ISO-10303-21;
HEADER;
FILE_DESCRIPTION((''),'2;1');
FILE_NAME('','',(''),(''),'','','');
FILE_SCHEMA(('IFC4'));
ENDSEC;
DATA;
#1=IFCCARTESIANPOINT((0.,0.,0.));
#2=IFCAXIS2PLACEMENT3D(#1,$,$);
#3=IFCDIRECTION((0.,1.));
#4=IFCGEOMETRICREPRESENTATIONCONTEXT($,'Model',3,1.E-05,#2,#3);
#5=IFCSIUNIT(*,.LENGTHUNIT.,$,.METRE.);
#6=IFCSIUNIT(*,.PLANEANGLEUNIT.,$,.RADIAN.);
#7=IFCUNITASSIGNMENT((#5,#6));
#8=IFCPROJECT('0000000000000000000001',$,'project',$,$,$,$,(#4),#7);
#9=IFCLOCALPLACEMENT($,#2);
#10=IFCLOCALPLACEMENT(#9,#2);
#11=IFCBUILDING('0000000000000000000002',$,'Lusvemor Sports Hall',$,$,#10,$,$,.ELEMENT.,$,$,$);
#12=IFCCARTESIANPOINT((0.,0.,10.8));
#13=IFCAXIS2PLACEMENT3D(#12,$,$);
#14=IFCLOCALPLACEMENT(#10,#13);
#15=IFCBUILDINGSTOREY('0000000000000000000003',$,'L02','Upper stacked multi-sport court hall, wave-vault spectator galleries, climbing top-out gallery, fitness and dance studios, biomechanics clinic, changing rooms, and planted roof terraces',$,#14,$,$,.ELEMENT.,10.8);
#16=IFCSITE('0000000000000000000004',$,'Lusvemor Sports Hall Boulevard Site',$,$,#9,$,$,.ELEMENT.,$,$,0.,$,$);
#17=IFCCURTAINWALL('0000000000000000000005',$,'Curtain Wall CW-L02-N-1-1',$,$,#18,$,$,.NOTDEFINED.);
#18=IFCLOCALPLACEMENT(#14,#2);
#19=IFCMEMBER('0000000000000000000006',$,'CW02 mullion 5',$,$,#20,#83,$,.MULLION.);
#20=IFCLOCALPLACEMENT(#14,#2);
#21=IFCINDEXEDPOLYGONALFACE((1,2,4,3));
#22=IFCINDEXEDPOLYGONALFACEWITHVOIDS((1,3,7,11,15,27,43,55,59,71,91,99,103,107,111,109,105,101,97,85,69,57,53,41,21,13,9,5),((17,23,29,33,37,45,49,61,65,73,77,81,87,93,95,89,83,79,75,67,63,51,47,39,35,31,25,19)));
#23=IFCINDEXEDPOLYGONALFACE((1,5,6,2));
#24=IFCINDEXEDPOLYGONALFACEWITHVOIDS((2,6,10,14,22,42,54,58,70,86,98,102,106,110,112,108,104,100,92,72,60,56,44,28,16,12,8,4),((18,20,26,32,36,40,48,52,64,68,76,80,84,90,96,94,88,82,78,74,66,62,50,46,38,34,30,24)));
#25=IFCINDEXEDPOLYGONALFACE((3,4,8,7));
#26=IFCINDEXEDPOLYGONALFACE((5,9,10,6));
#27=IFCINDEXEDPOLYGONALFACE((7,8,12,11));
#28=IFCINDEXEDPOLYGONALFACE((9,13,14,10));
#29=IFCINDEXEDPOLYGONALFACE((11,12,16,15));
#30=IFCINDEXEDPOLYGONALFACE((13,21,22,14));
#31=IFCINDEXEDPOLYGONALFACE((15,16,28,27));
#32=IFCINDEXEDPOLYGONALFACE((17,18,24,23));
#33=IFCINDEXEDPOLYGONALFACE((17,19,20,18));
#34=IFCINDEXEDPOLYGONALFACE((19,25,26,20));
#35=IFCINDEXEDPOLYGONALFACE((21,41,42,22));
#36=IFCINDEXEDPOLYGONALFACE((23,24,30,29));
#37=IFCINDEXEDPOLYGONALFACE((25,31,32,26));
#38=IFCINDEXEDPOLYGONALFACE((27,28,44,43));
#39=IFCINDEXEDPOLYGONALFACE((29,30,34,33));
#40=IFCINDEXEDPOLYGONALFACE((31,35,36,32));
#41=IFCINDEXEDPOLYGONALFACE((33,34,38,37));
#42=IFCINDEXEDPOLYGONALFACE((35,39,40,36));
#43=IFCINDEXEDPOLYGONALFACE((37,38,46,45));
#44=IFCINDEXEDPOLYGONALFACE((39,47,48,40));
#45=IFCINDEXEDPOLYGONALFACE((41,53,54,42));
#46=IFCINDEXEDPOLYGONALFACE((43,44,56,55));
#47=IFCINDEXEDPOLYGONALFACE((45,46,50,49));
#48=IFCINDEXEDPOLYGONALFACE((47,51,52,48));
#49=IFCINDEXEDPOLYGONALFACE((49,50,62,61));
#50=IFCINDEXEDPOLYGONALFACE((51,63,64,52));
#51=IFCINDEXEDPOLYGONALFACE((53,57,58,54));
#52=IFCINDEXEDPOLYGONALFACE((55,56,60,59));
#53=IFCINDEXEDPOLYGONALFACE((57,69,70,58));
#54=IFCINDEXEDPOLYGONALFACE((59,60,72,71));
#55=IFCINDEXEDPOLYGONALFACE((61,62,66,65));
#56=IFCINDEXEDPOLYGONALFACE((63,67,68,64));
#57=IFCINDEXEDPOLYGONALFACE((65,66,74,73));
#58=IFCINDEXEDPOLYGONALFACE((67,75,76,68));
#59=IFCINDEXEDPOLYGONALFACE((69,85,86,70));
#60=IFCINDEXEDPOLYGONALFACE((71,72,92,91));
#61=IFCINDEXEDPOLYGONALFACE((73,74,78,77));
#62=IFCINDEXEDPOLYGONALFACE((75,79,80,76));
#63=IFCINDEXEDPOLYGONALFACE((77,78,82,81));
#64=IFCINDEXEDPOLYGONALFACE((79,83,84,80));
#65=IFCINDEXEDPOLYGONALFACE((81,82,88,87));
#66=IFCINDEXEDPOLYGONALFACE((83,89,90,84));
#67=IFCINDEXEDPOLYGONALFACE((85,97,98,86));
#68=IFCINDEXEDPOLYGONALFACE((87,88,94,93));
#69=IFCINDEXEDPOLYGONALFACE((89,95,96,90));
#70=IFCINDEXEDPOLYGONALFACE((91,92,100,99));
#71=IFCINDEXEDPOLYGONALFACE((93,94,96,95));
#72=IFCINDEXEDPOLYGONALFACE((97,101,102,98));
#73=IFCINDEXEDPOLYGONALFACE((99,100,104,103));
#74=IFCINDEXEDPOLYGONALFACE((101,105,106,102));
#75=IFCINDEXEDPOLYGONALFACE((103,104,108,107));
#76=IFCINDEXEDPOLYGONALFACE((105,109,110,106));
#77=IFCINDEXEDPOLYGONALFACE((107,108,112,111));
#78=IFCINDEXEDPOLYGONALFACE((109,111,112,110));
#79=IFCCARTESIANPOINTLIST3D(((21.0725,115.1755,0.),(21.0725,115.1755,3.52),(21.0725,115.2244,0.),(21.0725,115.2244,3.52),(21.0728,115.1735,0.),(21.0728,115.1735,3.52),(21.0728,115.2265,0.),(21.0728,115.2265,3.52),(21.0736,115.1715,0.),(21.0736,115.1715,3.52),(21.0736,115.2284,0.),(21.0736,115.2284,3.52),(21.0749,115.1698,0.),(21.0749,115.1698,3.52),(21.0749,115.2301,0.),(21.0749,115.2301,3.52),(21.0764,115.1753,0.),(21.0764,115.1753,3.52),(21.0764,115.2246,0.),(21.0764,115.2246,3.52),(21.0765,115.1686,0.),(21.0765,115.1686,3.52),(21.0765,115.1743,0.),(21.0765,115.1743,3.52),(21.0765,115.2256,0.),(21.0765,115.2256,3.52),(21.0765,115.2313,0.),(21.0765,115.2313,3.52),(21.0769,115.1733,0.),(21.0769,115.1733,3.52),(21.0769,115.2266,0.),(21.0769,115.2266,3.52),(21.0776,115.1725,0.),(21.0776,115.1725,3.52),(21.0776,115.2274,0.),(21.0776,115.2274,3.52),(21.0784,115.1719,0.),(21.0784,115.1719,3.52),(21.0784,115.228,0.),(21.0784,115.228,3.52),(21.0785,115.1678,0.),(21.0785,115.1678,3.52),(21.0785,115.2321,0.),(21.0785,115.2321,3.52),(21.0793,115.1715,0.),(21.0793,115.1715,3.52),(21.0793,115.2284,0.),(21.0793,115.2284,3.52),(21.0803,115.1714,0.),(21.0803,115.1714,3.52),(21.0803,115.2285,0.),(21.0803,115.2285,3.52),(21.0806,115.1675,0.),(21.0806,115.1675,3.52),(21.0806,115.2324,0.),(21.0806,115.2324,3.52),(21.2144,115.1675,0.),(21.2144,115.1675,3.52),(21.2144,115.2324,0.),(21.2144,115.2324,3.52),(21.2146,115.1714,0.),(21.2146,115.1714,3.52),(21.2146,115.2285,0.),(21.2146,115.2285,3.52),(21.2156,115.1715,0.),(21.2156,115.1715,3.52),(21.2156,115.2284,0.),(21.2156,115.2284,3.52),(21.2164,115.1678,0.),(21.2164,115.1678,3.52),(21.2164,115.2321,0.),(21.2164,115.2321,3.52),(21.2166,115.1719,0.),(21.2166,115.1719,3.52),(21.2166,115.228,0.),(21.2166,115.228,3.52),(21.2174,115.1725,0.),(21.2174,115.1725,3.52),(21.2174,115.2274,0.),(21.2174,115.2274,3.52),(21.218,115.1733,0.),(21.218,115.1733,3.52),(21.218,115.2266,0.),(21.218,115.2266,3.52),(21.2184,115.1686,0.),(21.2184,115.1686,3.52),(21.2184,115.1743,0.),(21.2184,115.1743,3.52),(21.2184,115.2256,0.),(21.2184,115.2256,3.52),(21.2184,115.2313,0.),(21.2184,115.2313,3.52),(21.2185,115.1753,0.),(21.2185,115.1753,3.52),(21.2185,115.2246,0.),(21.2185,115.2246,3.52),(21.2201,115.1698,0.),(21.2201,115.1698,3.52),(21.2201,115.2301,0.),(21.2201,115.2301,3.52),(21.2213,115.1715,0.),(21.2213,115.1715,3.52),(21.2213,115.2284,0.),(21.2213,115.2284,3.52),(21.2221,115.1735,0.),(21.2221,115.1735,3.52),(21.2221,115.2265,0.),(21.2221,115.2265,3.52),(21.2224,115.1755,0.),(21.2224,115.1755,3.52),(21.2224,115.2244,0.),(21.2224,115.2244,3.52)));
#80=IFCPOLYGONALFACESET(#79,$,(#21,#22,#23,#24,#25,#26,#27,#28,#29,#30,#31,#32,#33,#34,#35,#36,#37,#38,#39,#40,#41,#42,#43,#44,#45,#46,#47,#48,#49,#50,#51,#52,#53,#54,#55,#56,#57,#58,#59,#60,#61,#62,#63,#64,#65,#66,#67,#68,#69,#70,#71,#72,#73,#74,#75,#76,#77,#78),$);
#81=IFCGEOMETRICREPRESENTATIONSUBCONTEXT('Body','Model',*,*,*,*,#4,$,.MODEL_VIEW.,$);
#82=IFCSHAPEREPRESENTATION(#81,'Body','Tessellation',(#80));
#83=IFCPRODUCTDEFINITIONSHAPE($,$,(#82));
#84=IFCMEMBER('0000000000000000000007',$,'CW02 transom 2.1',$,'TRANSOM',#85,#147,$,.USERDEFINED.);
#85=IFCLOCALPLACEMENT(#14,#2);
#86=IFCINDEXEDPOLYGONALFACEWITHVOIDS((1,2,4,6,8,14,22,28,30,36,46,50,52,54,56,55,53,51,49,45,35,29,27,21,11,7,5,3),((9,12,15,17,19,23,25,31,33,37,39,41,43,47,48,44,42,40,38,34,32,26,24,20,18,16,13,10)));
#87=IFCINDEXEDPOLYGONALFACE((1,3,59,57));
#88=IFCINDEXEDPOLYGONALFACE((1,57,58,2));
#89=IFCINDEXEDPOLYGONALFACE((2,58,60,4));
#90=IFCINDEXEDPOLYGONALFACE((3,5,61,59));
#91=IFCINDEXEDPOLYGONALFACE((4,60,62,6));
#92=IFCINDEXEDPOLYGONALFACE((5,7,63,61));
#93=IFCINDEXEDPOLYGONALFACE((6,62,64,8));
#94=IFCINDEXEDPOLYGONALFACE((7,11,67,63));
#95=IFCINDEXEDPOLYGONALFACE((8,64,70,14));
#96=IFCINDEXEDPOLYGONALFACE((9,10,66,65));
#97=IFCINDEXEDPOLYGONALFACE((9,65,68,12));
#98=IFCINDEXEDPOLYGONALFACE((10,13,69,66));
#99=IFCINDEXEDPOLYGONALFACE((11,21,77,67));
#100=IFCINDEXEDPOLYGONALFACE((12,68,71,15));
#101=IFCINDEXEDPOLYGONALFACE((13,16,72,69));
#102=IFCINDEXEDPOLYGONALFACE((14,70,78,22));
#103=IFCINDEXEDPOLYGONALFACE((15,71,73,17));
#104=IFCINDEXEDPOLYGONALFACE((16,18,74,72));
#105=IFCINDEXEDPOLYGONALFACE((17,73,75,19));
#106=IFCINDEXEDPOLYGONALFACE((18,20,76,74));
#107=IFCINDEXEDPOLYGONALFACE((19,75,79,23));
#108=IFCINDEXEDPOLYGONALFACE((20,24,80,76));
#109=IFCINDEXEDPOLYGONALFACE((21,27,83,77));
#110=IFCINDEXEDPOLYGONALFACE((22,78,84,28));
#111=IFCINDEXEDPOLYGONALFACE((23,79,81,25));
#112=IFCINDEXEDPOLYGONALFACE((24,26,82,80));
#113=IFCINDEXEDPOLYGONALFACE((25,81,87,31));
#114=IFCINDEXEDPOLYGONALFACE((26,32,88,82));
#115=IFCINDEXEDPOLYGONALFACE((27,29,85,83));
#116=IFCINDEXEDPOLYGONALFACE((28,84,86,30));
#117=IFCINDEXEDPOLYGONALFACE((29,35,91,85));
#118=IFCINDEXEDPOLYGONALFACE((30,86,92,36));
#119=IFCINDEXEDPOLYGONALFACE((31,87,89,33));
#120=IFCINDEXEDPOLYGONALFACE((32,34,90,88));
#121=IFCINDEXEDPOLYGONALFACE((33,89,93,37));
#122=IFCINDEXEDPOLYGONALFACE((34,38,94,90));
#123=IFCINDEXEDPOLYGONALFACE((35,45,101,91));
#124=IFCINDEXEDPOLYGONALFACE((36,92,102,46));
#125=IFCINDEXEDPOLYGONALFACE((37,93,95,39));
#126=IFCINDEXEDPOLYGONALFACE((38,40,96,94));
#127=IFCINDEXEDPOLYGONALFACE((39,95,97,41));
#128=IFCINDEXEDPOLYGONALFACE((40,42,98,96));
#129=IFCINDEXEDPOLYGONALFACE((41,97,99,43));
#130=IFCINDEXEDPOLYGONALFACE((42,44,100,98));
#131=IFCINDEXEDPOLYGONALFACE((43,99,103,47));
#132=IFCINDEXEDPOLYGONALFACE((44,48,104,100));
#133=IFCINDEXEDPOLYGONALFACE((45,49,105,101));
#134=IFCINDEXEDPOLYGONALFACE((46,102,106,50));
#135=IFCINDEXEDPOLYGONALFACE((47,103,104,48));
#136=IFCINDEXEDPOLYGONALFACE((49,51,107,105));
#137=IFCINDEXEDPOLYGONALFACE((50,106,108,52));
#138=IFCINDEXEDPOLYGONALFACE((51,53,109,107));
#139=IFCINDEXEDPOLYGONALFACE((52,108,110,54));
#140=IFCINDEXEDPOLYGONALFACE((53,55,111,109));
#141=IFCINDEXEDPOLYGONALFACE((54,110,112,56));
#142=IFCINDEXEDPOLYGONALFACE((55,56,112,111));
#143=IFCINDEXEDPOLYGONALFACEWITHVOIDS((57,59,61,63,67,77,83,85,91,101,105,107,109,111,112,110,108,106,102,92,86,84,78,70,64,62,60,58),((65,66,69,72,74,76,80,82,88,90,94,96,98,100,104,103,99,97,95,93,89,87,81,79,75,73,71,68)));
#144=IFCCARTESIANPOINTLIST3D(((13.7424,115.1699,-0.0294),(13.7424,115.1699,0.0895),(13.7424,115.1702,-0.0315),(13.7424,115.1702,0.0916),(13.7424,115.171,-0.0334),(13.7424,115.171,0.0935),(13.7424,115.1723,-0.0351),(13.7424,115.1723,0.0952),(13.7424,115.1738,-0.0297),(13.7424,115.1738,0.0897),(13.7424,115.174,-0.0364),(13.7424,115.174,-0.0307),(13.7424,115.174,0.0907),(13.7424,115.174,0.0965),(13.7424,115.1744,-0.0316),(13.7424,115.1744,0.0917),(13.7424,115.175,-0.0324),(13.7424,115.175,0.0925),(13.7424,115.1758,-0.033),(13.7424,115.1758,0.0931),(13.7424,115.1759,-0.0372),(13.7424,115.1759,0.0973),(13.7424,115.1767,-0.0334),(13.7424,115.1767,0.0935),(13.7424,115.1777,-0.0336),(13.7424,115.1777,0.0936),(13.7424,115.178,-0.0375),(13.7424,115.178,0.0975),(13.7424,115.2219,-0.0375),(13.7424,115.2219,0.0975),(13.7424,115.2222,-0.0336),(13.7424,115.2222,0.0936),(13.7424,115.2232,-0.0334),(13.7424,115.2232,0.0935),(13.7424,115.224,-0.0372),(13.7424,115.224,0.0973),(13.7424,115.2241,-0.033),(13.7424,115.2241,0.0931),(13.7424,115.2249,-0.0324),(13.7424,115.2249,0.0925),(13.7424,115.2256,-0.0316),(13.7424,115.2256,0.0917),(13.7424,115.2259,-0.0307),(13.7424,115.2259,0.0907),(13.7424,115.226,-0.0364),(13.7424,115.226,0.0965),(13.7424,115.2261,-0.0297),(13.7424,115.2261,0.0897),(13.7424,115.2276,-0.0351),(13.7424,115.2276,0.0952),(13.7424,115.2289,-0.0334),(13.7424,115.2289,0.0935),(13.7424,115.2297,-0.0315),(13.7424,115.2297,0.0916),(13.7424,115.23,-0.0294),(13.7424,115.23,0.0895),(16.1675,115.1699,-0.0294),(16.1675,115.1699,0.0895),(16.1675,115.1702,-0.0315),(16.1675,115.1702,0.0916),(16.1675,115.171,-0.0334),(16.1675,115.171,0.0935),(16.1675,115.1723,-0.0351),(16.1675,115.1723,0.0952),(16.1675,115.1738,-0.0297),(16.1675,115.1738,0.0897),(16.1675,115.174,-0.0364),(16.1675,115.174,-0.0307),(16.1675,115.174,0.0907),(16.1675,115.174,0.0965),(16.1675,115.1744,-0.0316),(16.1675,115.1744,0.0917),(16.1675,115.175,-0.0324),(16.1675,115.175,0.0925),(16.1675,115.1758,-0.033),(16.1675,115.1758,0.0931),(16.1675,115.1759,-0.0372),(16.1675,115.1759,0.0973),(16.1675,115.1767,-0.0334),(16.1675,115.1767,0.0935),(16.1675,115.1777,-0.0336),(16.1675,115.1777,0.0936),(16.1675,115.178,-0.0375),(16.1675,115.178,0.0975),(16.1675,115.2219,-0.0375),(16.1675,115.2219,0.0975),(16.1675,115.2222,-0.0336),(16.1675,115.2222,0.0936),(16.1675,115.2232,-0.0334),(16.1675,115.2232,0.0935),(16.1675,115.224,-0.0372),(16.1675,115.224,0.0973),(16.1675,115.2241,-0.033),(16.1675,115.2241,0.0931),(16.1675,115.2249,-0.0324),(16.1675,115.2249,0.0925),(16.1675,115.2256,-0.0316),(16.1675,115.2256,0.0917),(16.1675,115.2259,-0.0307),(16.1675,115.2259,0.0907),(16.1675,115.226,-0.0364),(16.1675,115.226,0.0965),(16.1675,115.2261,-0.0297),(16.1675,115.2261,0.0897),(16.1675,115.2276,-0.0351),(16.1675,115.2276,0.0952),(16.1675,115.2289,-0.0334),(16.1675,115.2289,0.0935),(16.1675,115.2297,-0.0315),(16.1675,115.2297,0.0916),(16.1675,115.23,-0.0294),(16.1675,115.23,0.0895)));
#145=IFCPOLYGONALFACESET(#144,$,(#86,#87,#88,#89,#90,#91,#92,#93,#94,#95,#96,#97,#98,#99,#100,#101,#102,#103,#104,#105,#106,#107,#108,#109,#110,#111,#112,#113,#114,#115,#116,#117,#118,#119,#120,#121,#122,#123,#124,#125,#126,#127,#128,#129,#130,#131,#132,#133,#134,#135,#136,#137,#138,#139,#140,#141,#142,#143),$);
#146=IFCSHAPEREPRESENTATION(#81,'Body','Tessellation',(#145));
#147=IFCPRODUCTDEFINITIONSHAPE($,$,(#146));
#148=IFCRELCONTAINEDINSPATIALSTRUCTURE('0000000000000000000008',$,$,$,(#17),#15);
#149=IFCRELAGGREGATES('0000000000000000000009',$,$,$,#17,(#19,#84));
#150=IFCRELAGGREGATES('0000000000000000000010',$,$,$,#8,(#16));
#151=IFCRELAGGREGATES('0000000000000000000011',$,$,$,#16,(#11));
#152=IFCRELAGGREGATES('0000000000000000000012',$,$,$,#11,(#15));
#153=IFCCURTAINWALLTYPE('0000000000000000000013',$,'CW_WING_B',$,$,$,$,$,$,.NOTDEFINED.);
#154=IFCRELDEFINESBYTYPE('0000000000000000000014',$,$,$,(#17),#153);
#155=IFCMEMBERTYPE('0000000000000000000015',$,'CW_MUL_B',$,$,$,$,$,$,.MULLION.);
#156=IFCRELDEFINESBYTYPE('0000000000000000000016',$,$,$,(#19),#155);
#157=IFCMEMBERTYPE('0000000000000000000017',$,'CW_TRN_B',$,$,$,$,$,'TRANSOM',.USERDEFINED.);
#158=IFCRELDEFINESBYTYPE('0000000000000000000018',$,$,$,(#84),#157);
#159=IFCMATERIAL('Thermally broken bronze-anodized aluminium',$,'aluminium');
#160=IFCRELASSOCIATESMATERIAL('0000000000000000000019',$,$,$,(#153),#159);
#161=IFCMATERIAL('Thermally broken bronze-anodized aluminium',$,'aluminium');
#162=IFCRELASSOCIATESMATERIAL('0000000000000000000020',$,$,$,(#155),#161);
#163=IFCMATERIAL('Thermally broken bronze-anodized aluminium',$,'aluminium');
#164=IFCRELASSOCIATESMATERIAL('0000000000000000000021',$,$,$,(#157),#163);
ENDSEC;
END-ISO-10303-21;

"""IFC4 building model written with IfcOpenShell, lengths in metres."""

from ifc_helpers import new_model, si_unit, direction, frame, origin, origin_2d, place, context, subcontext, project, spatial, hollow_rectangle, extrude, material, material_profile, profile_set, type_object, element, aggregate, save


model = new_model("IFC4")

# Units and contexts
model_context = context("Model", 3, precision=1e-05, world=origin(), true_north=direction((0.0, 1.0)))
body_context = subcontext(model_context, "Body", "Model", "MODEL_VIEW")
ifc_project = project(units=[si_unit("LENGTHUNIT", "METRE"), si_unit("PLANEANGLEUNIT", "RADIAN")], contexts=[model_context])

# Site, building, storey
site_placement = place(None, origin())
site = spatial("IfcSite", under=ifc_project, at=site_placement, Name="Lusvemor Sports Hall Boulevard Site", CompositionType="ELEMENT", RefElevation=0.0)
building_placement = place(site_placement, origin())
building = spatial("IfcBuilding", under=site, at=building_placement, Name="Lusvemor Sports Hall", CompositionType="ELEMENT")
storey_placement = place(building_placement, frame((0.0, 0.0, 10.8)))
storey = spatial("IfcBuildingStorey", under=building, at=storey_placement, Name="L02", Description="Upper stacked multi-sport court hall, wave-vault spectator galleries, climbing top-out gallery, fitness and dance studios, biomechanics clinic, changing rooms, and planted roof terraces", CompositionType="ELEMENT", Elevation=10.8)

# Curtain wall, members
ifc_material_1 = material(Name="Thermally broken bronze-anodized aluminium", Category="aluminium")
curtain_wall_type = type_object("IfcCurtainWallType", Name="CW_WING_B", PredefinedType="NOTDEFINED", material=ifc_material_1)
curtain_wall_placement = place(storey_placement, origin())
curtain_wall = element("IfcCurtainWall", 1, at=curtain_wall_placement, inside=storey, type_object=curtain_wall_type, Name="Curtain Wall CW-L02-N-1-1", PredefinedType="NOTDEFINED")
ifc_material_2 = material(Name="Thermally broken bronze-anodized aluminium", Category="aluminium")
ifc_material_profile_1 = material_profile(ifc_material_2, hollow_rectangle(XDim=0.0649, YDim=0.1499, WallThickness=0.0039, InnerFilletRadius=0.0039, OuterFilletRadius=0.0081, at=origin_2d()), Name="CWMUL150x65x4")
ifc_profile_set_1 = profile_set([ifc_material_profile_1], Name="Thermally broken bronze-anodized aluminium")
member_type_1 = type_object("IfcMemberType", Name="CW_MUL_B", PredefinedType="MULLION", material=ifc_profile_set_1)
member_1_placement = place(storey_placement, frame((21.1475, 115.2, 0.0), z_axis=(0.0, 0.0, 1.0), x_axis=(0.0, 1.0, 0.0)))
member_1 = element("IfcMember", 2, at=member_1_placement, type_object=member_type_1, Name="CW02 mullion 5", PredefinedType="MULLION", context=body_context, shape_type="SweptSolid", body=[
    extrude(hollow_rectangle(XDim=0.0649, YDim=0.1499, WallThickness=0.0039, InnerFilletRadius=0.0039, OuterFilletRadius=0.0081, at=origin_2d()), origin(), (0.0, 0.0, 1.0), 3.52),
])
ifc_material_3 = material(Name="Thermally broken bronze-anodized aluminium", Category="aluminium")
ifc_material_profile_2 = material_profile(ifc_material_3, hollow_rectangle(XDim=0.0601, YDim=0.135, WallThickness=0.0039, InnerFilletRadius=0.0039, OuterFilletRadius=0.0081, at=origin_2d()), Name="CWTRN135x60x4")
ifc_profile_set_2 = profile_set([ifc_material_profile_2], Name="Thermally broken bronze-anodized aluminium")
member_type_2 = type_object("IfcMemberType", Name="CW_TRN_B", ElementType="TRANSOM", PredefinedType="USERDEFINED", material=ifc_profile_set_2)
member_2_placement = place(storey_placement, frame((13.7424, 115.2, 0.03), z_axis=(1.0, 0.0, 0.0), x_axis=(0.0, 1.0, 0.0)))
member_2 = element("IfcMember", 3, at=member_2_placement, type_object=member_type_2, Name="CW02 transom 2.1", ObjectType="TRANSOM", PredefinedType="USERDEFINED", context=body_context, shape_type="SweptSolid", body=[
    extrude(hollow_rectangle(XDim=0.0601, YDim=0.135, WallThickness=0.0039, InnerFilletRadius=0.0039, OuterFilletRadius=0.0081, at=origin_2d()), origin(), (0.0, 0.0, 1.0), 2.425),
])
aggregate(curtain_wall, [member_1, member_2])

save(model, "model.ifc")
